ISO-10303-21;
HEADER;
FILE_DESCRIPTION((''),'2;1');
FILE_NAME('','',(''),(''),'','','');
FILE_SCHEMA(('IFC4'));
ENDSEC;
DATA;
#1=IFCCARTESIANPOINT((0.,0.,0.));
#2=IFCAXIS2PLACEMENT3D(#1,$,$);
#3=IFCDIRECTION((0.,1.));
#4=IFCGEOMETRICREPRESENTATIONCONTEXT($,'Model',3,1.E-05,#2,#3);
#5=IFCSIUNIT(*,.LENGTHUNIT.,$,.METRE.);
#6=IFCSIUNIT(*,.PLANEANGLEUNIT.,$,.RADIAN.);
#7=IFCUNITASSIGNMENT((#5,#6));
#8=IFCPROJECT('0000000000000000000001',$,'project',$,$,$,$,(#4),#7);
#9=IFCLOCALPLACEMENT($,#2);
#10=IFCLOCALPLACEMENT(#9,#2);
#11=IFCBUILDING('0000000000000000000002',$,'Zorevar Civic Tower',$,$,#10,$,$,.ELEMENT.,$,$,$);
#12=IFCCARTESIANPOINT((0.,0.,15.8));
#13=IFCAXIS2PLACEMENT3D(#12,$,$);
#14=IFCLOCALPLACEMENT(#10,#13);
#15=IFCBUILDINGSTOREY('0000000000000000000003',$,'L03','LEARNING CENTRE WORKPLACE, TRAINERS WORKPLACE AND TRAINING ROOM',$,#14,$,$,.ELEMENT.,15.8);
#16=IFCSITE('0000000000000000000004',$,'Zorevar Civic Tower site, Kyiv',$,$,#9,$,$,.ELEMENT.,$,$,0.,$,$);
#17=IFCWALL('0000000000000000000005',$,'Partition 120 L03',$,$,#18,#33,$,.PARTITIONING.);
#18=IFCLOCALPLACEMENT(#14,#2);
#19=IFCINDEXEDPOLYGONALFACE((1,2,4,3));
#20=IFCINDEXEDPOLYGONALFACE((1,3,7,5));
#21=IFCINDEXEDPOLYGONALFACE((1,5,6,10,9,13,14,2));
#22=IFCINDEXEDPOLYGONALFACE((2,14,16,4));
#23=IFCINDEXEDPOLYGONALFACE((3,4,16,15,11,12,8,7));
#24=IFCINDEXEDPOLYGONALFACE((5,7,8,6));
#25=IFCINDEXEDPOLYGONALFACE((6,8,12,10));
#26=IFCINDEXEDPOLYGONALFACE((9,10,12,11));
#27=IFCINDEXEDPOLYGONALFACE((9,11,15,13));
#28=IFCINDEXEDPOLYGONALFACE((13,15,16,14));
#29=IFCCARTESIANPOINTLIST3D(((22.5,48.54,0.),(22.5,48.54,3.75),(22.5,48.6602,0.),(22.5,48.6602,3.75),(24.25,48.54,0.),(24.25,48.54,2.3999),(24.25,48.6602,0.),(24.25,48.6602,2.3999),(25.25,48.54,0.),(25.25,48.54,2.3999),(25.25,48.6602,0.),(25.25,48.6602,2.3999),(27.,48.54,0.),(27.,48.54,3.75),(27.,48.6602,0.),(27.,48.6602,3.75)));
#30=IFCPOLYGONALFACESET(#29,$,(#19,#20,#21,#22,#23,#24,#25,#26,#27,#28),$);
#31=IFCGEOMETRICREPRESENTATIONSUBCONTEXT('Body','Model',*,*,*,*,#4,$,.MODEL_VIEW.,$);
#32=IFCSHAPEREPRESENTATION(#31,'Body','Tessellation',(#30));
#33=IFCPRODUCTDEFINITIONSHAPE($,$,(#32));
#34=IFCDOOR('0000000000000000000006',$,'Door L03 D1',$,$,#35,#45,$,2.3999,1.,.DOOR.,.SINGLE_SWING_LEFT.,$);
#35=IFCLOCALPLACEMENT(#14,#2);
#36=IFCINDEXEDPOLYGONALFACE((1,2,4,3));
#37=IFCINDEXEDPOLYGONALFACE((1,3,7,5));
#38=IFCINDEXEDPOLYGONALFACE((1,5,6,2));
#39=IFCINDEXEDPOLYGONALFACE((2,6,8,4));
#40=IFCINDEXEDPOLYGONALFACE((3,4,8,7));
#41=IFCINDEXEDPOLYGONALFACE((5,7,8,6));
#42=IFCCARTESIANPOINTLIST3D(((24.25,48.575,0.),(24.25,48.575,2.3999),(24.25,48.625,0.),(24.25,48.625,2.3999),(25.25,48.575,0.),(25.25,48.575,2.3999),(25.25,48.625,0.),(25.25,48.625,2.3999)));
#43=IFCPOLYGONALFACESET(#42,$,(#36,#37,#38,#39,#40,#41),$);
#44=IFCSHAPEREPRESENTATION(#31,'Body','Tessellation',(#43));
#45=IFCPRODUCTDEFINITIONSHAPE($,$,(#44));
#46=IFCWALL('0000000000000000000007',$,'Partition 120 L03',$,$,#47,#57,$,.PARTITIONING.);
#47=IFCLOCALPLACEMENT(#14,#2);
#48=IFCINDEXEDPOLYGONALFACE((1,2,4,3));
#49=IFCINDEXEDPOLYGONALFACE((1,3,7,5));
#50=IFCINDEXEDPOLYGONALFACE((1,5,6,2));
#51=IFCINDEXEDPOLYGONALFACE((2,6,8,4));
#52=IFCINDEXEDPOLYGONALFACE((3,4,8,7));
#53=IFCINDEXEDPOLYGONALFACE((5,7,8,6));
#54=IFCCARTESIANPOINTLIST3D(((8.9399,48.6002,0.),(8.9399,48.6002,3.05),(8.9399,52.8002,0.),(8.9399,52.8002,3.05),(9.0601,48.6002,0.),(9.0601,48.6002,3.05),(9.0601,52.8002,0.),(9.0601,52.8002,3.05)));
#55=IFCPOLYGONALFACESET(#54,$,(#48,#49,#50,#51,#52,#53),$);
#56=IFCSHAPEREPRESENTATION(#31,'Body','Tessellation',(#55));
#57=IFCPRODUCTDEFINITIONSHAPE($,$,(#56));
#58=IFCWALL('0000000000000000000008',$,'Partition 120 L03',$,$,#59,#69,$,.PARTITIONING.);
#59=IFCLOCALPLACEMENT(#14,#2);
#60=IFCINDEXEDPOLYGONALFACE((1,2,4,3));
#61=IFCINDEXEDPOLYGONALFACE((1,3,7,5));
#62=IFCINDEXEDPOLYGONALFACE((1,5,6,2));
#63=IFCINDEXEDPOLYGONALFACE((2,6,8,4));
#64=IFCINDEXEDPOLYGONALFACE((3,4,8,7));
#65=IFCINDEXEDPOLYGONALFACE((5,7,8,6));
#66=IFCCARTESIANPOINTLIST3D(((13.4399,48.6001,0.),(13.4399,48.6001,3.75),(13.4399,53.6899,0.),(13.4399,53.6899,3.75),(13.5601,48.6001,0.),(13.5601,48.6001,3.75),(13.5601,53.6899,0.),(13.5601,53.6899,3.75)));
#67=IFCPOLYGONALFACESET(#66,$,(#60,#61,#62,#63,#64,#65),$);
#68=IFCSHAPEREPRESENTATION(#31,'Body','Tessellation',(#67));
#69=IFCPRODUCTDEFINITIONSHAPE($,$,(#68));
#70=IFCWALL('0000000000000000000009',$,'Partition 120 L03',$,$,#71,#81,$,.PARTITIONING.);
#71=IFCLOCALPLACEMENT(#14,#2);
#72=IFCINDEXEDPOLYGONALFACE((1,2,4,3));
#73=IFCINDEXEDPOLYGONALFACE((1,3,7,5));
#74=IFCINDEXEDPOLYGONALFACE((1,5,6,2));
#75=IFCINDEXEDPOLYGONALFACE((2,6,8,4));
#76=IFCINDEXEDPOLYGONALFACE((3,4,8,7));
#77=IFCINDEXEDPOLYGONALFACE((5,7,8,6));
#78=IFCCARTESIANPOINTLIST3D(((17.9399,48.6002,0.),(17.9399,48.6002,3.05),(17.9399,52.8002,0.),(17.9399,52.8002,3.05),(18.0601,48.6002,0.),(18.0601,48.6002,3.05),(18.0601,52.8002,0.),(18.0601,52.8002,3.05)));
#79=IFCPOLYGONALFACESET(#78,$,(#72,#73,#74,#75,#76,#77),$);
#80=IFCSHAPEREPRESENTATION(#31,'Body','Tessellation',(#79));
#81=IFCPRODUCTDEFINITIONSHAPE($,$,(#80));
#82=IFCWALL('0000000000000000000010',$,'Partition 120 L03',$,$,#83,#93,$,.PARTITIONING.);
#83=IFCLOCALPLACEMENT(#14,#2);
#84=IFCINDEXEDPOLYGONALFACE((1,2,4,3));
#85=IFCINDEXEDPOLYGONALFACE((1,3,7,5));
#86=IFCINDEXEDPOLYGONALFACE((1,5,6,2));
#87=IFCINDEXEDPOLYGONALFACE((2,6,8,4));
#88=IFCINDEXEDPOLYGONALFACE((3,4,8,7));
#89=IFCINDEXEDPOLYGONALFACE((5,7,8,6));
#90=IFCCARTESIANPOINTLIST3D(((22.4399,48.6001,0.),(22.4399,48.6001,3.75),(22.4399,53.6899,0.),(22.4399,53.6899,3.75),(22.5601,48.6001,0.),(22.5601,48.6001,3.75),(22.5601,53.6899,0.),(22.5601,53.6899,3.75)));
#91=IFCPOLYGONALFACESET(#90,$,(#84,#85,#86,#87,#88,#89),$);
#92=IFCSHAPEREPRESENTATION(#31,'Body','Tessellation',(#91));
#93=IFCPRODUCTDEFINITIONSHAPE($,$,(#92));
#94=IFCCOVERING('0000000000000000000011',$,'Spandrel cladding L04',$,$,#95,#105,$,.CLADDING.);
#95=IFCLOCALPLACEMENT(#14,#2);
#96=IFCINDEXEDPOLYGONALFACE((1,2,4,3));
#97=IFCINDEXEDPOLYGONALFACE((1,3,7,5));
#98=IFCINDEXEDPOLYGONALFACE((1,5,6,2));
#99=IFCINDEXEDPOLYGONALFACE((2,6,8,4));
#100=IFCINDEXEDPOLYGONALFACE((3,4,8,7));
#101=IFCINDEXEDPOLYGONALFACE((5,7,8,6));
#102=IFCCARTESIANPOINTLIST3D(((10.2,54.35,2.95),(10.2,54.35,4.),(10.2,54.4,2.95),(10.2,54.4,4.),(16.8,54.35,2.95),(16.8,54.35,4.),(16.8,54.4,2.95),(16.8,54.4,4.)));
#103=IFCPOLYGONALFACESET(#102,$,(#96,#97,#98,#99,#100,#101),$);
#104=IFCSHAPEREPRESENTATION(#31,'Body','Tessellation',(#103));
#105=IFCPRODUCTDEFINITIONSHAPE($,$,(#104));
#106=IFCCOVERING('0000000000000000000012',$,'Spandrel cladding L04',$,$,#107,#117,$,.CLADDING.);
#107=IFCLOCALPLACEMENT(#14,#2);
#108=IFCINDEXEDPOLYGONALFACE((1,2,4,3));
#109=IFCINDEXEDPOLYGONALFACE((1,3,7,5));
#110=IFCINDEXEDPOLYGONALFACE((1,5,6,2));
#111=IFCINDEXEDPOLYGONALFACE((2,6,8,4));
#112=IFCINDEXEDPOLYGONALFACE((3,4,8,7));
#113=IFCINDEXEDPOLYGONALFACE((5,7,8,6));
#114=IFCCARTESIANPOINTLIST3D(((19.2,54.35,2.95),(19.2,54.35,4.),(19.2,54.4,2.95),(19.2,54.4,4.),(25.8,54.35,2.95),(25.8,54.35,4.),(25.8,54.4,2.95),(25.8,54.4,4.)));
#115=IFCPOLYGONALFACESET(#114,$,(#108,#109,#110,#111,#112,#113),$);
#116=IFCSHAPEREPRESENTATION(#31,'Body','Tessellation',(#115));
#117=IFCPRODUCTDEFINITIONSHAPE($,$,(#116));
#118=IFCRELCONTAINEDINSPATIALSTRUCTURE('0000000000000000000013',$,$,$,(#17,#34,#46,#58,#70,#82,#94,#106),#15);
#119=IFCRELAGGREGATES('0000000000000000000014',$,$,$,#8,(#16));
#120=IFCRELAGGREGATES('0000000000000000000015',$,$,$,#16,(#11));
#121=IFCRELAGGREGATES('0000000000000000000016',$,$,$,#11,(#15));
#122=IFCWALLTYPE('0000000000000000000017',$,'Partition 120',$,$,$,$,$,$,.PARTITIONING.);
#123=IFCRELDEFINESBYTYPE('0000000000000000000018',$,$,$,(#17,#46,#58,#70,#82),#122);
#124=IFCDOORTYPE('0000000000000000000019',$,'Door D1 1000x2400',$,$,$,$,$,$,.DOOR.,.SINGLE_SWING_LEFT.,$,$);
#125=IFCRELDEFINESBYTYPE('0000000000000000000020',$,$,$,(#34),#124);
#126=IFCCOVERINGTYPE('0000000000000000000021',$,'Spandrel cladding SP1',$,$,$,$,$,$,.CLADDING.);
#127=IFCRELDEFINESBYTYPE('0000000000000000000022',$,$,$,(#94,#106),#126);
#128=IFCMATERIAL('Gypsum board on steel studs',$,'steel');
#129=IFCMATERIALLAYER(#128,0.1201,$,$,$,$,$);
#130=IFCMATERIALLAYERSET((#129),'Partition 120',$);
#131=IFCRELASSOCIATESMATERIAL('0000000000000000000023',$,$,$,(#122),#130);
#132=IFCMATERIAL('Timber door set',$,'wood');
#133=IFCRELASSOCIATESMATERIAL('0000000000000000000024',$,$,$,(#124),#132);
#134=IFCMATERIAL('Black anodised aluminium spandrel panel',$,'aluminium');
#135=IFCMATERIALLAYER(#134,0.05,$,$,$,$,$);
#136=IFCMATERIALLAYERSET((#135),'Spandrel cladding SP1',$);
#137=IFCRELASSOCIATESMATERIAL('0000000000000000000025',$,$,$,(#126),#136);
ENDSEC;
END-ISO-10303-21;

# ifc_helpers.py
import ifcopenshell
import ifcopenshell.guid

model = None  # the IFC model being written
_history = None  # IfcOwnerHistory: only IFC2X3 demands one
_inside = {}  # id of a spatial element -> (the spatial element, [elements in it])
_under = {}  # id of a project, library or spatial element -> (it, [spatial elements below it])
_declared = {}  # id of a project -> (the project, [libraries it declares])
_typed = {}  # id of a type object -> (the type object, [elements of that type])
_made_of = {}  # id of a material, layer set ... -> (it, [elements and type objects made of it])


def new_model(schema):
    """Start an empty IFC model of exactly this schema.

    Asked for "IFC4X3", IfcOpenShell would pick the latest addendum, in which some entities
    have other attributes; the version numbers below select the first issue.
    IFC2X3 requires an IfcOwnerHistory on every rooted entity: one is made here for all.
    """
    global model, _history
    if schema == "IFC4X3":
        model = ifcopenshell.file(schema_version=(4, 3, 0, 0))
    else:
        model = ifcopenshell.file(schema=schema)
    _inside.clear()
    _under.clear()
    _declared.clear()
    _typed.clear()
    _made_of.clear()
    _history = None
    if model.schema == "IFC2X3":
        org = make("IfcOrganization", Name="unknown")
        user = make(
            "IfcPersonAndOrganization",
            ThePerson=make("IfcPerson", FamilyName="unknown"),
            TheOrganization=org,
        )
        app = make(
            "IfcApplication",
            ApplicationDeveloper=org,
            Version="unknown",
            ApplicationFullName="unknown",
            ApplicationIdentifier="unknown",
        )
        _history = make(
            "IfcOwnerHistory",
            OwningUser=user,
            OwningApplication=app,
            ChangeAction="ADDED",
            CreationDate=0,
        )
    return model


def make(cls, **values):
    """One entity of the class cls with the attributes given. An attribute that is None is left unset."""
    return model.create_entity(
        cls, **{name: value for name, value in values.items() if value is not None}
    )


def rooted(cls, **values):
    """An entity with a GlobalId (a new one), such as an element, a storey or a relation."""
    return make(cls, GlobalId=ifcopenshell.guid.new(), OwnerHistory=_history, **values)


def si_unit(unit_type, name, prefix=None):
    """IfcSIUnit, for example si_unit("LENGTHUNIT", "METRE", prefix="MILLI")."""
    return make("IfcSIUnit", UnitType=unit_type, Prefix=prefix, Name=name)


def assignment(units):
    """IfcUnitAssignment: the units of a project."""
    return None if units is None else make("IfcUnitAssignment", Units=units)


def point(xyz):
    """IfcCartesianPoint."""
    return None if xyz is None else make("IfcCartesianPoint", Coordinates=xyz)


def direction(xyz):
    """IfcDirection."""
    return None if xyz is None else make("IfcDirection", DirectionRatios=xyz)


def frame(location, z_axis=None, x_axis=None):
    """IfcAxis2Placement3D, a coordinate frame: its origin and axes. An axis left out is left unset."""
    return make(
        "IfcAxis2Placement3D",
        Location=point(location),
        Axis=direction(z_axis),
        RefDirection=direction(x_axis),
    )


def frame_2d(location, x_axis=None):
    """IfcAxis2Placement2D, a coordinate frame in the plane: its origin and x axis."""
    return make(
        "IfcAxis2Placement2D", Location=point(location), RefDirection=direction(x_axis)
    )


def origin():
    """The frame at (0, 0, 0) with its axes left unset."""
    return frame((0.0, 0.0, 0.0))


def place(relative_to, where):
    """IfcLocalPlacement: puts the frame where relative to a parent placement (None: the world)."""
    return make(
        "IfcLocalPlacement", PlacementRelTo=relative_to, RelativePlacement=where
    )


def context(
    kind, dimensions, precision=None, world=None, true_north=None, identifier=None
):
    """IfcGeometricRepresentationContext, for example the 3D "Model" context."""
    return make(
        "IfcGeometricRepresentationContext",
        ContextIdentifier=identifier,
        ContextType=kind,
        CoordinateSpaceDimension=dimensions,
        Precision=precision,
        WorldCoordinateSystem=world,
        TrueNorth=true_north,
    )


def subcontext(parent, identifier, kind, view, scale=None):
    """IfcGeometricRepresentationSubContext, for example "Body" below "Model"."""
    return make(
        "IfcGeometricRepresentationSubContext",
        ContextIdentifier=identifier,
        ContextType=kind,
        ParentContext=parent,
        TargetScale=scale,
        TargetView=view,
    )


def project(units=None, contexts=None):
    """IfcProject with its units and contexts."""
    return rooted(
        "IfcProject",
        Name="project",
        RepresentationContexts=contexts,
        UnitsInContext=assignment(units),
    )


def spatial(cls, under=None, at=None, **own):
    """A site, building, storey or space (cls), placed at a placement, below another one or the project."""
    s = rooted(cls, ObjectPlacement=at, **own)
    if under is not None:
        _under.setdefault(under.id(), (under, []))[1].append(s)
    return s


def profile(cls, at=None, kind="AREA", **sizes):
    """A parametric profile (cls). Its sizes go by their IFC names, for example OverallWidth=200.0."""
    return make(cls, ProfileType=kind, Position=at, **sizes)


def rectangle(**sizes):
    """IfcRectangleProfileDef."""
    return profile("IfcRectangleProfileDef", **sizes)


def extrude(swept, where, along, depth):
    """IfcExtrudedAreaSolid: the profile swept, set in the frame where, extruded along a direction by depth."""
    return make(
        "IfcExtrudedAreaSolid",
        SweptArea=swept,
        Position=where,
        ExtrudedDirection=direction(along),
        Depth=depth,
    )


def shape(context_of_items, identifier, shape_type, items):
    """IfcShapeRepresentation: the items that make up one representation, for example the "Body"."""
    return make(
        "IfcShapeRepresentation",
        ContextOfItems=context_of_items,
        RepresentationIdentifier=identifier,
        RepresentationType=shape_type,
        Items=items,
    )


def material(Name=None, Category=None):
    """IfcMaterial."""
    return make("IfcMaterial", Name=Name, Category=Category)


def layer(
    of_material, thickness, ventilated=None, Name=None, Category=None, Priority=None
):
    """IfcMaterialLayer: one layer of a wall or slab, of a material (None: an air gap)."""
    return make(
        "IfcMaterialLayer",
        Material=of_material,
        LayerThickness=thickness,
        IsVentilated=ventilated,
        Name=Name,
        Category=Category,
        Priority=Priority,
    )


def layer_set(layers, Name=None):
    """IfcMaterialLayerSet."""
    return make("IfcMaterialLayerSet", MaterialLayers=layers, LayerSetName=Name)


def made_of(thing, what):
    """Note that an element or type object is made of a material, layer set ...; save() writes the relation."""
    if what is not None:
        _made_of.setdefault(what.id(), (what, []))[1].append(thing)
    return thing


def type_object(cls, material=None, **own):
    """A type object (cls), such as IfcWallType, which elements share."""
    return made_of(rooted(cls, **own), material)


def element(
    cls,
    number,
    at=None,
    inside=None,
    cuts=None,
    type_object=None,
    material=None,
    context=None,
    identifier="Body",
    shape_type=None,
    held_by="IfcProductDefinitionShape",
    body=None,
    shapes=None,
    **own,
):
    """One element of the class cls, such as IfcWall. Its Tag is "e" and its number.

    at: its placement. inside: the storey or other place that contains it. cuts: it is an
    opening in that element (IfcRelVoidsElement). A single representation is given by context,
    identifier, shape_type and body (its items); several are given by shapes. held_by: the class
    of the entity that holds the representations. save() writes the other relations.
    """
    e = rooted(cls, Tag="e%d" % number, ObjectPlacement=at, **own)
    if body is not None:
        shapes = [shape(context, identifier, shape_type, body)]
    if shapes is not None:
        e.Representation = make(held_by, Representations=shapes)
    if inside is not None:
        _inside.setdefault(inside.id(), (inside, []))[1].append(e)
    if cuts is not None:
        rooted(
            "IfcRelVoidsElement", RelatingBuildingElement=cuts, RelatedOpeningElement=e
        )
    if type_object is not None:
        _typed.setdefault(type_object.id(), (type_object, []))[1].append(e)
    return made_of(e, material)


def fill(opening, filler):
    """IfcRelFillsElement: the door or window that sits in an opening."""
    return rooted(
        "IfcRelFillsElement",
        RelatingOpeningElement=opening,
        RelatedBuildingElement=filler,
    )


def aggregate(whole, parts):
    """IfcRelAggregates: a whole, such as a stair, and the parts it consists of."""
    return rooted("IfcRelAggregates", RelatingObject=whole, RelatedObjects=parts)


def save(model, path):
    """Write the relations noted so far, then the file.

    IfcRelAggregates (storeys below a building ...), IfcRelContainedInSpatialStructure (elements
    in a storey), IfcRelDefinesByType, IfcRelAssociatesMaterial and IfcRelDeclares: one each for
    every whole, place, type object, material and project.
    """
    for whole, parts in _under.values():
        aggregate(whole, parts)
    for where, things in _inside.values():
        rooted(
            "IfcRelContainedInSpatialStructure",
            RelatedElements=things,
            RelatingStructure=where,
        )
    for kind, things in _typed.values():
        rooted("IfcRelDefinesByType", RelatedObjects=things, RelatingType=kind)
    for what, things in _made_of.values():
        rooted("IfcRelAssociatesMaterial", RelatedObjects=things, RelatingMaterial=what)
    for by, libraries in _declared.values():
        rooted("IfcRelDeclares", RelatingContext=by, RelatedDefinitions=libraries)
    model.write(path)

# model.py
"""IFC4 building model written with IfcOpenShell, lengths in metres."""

from ifc_helpers import new_model, si_unit, direction, frame, frame_2d, origin, place, context, subcontext, project, spatial, rectangle, extrude, material, layer, layer_set, type_object, element, fill, save


model = new_model("IFC4")

# Units and contexts
model_context = context("Model", 3, precision=1e-05, world=origin(), true_north=direction((0.0, 1.0)))
body_context = subcontext(model_context, "Body", "Model", "MODEL_VIEW")
ifc_project = project(units=[si_unit("LENGTHUNIT", "METRE"), si_unit("PLANEANGLEUNIT", "RADIAN")], contexts=[model_context])

# Site, building, storey
site_placement = place(None, origin())
site = spatial("IfcSite", under=ifc_project, at=site_placement, Name="Zorevar Civic Tower site, Kyiv", CompositionType="ELEMENT", RefElevation=0.0)
building_placement = place(site_placement, origin())
building = spatial("IfcBuilding", under=site, at=building_placement, Name="Zorevar Civic Tower", CompositionType="ELEMENT")
storey_placement = place(building_placement, frame((0.0, 0.0, 15.8)))
storey = spatial("IfcBuildingStorey", under=building, at=storey_placement, Name="L03", Description="LEARNING CENTRE WORKPLACE, TRAINERS WORKPLACE AND TRAINING ROOM", CompositionType="ELEMENT", Elevation=15.8)

# Wall, opening, door
ifc_material_1 = material(Name="Gypsum board on steel studs", Category="steel")
ifc_layer_1 = layer(ifc_material_1, 0.1201)
ifc_layer_set_1 = layer_set([ifc_layer_1], Name="Partition 120")
wall_type = type_object("IfcWallType", Name="Partition 120", PredefinedType="PARTITIONING", material=ifc_layer_set_1)
ifc_material_2 = material(Name="Timber door set", Category="wood")
door_type = type_object("IfcDoorType", Name="Door D1 1000x2400", OperationType="SINGLE_SWING_LEFT", PredefinedType="DOOR", material=ifc_material_2)
wall_1_placement = place(storey_placement, frame((22.5, 48.6001, 0.0), z_axis=(0.0, 0.0, 1.0), x_axis=(1.0, 0.0, 0.0)))
wall_1 = element("IfcWall", 1, at=wall_1_placement, inside=storey, type_object=wall_type, Name="Partition 120 L03", PredefinedType="PARTITIONING", context=body_context, shape_type="SweptSolid", body=[
    extrude(rectangle(XDim=4.5, YDim=0.1201, at=frame_2d((2.25, 0.0))), origin(), (0.0, 0.0, 1.0), 3.75),
])
opening_1_placement = place(wall_1_placement, frame((1.75, 0.0, 0.0)))
opening_1 = element("IfcOpeningElement", 2, at=opening_1_placement, cuts=wall_1, PredefinedType="OPENING", context=body_context, shape_type="SweptSolid", body=[
    extrude(rectangle(XDim=1.0, YDim=2.3999, at=frame_2d((0.5, 1.2))), frame((0.0, 0.0701, 0.0), z_axis=(0.0, -1.0, 0.0), x_axis=(1.0, 0.0, 0.0)), (0.0, 0.0, 1.0), 0.1401),
])
door_1_placement = place(opening_1_placement, origin())
door_1 = element("IfcDoor", 3, at=door_1_placement, inside=storey, type_object=door_type, Name="Door L03 D1", OperationType="SINGLE_SWING_LEFT", OverallHeight=2.3999, OverallWidth=1.0, PredefinedType="DOOR", context=body_context, shape_type="SweptSolid", body=[
    extrude(rectangle(XDim=1.0, YDim=2.3999, at=frame_2d((0.5, 1.2))), frame((0.0, 0.0249, 0.0), z_axis=(0.0, -1.0, 0.0), x_axis=(1.0, 0.0, 0.0)), (0.0, 0.0, 1.0), 0.05),
])
fill(opening_1, door_1)

# Walls
wall_2_placement = place(storey_placement, frame((9.0, 48.6001, 0.0), z_axis=(0.0, 0.0, 1.0), x_axis=(0.0, 1.0, 0.0)))
element("IfcWall", 4, at=wall_2_placement, inside=storey, type_object=wall_type, Name="Partition 120 L03", PredefinedType="PARTITIONING", context=body_context, shape_type="SweptSolid", body=[
    extrude(rectangle(XDim=4.2, YDim=0.1201, at=frame_2d((2.1001, 0.0))), origin(), (0.0, 0.0, 1.0), 3.05),
])
wall_3_placement = place(storey_placement, frame((13.5, 48.6001, 0.0), z_axis=(0.0, 0.0, 1.0), x_axis=(0.0, 1.0, 0.0)))
element("IfcWall", 5, at=wall_3_placement, inside=storey, type_object=wall_type, Name="Partition 120 L03", PredefinedType="PARTITIONING", context=body_context, shape_type="SweptSolid", body=[
    extrude(rectangle(XDim=5.0898, YDim=0.1201, at=frame_2d((2.5449, 0.0))), origin(), (0.0, 0.0, 1.0), 3.75),
])
wall_4_placement = place(storey_placement, frame((18.0, 48.6001, 0.0), z_axis=(0.0, 0.0, 1.0), x_axis=(0.0, 1.0, 0.0)))
element("IfcWall", 6, at=wall_4_placement, inside=storey, type_object=wall_type, Name="Partition 120 L03", PredefinedType="PARTITIONING", context=body_context, shape_type="SweptSolid", body=[
    extrude(rectangle(XDim=4.2, YDim=0.1201, at=frame_2d((2.1001, 0.0))), origin(), (0.0, 0.0, 1.0), 3.05),
])
wall_5_placement = place(storey_placement, frame((22.5, 48.6001, 0.0), z_axis=(0.0, 0.0, 1.0), x_axis=(0.0, 1.0, 0.0)))
element("IfcWall", 7, at=wall_5_placement, inside=storey, type_object=wall_type, Name="Partition 120 L03", PredefinedType="PARTITIONING", context=body_context, shape_type="SweptSolid", body=[
    extrude(rectangle(XDim=5.0898, YDim=0.1201, at=frame_2d((2.5449, 0.0))), origin(), (0.0, 0.0, 1.0), 3.75),
])

# Coverings
ifc_material_3 = material(Name="Black anodised aluminium spandrel panel", Category="aluminium")
ifc_layer_2 = layer(ifc_material_3, 0.05)
ifc_layer_set_2 = layer_set([ifc_layer_2], Name="Spandrel cladding SP1")
covering_type = type_object("IfcCoveringType", Name="Spandrel cladding SP1", PredefinedType="CLADDING", material=ifc_layer_set_2)
for number, where, z_axis, x_axis, name in (
    (8, (10.2, 54.375, 2.95), (0.0, 0.0, 1.0), (1.0, 0.0, 0.0), "Spandrel cladding L04"),
    (9, (19.2, 54.375, 2.95), (0.0, 0.0, 1.0), (1.0, 0.0, 0.0), "Spandrel cladding L04"),
):
    element("IfcCovering", number, at=place(storey_placement, frame(where, z_axis=z_axis, x_axis=x_axis)), inside=storey, type_object=covering_type, Name=name, PredefinedType="CLADDING", context=body_context, shape_type="SweptSolid", body=[
        extrude(rectangle(XDim=6.6001, YDim=0.05, at=frame_2d((3.3, 0.0))), origin(), (0.0, 0.0, 1.0), 1.05),
    ])

save(model, "model.ifc")
